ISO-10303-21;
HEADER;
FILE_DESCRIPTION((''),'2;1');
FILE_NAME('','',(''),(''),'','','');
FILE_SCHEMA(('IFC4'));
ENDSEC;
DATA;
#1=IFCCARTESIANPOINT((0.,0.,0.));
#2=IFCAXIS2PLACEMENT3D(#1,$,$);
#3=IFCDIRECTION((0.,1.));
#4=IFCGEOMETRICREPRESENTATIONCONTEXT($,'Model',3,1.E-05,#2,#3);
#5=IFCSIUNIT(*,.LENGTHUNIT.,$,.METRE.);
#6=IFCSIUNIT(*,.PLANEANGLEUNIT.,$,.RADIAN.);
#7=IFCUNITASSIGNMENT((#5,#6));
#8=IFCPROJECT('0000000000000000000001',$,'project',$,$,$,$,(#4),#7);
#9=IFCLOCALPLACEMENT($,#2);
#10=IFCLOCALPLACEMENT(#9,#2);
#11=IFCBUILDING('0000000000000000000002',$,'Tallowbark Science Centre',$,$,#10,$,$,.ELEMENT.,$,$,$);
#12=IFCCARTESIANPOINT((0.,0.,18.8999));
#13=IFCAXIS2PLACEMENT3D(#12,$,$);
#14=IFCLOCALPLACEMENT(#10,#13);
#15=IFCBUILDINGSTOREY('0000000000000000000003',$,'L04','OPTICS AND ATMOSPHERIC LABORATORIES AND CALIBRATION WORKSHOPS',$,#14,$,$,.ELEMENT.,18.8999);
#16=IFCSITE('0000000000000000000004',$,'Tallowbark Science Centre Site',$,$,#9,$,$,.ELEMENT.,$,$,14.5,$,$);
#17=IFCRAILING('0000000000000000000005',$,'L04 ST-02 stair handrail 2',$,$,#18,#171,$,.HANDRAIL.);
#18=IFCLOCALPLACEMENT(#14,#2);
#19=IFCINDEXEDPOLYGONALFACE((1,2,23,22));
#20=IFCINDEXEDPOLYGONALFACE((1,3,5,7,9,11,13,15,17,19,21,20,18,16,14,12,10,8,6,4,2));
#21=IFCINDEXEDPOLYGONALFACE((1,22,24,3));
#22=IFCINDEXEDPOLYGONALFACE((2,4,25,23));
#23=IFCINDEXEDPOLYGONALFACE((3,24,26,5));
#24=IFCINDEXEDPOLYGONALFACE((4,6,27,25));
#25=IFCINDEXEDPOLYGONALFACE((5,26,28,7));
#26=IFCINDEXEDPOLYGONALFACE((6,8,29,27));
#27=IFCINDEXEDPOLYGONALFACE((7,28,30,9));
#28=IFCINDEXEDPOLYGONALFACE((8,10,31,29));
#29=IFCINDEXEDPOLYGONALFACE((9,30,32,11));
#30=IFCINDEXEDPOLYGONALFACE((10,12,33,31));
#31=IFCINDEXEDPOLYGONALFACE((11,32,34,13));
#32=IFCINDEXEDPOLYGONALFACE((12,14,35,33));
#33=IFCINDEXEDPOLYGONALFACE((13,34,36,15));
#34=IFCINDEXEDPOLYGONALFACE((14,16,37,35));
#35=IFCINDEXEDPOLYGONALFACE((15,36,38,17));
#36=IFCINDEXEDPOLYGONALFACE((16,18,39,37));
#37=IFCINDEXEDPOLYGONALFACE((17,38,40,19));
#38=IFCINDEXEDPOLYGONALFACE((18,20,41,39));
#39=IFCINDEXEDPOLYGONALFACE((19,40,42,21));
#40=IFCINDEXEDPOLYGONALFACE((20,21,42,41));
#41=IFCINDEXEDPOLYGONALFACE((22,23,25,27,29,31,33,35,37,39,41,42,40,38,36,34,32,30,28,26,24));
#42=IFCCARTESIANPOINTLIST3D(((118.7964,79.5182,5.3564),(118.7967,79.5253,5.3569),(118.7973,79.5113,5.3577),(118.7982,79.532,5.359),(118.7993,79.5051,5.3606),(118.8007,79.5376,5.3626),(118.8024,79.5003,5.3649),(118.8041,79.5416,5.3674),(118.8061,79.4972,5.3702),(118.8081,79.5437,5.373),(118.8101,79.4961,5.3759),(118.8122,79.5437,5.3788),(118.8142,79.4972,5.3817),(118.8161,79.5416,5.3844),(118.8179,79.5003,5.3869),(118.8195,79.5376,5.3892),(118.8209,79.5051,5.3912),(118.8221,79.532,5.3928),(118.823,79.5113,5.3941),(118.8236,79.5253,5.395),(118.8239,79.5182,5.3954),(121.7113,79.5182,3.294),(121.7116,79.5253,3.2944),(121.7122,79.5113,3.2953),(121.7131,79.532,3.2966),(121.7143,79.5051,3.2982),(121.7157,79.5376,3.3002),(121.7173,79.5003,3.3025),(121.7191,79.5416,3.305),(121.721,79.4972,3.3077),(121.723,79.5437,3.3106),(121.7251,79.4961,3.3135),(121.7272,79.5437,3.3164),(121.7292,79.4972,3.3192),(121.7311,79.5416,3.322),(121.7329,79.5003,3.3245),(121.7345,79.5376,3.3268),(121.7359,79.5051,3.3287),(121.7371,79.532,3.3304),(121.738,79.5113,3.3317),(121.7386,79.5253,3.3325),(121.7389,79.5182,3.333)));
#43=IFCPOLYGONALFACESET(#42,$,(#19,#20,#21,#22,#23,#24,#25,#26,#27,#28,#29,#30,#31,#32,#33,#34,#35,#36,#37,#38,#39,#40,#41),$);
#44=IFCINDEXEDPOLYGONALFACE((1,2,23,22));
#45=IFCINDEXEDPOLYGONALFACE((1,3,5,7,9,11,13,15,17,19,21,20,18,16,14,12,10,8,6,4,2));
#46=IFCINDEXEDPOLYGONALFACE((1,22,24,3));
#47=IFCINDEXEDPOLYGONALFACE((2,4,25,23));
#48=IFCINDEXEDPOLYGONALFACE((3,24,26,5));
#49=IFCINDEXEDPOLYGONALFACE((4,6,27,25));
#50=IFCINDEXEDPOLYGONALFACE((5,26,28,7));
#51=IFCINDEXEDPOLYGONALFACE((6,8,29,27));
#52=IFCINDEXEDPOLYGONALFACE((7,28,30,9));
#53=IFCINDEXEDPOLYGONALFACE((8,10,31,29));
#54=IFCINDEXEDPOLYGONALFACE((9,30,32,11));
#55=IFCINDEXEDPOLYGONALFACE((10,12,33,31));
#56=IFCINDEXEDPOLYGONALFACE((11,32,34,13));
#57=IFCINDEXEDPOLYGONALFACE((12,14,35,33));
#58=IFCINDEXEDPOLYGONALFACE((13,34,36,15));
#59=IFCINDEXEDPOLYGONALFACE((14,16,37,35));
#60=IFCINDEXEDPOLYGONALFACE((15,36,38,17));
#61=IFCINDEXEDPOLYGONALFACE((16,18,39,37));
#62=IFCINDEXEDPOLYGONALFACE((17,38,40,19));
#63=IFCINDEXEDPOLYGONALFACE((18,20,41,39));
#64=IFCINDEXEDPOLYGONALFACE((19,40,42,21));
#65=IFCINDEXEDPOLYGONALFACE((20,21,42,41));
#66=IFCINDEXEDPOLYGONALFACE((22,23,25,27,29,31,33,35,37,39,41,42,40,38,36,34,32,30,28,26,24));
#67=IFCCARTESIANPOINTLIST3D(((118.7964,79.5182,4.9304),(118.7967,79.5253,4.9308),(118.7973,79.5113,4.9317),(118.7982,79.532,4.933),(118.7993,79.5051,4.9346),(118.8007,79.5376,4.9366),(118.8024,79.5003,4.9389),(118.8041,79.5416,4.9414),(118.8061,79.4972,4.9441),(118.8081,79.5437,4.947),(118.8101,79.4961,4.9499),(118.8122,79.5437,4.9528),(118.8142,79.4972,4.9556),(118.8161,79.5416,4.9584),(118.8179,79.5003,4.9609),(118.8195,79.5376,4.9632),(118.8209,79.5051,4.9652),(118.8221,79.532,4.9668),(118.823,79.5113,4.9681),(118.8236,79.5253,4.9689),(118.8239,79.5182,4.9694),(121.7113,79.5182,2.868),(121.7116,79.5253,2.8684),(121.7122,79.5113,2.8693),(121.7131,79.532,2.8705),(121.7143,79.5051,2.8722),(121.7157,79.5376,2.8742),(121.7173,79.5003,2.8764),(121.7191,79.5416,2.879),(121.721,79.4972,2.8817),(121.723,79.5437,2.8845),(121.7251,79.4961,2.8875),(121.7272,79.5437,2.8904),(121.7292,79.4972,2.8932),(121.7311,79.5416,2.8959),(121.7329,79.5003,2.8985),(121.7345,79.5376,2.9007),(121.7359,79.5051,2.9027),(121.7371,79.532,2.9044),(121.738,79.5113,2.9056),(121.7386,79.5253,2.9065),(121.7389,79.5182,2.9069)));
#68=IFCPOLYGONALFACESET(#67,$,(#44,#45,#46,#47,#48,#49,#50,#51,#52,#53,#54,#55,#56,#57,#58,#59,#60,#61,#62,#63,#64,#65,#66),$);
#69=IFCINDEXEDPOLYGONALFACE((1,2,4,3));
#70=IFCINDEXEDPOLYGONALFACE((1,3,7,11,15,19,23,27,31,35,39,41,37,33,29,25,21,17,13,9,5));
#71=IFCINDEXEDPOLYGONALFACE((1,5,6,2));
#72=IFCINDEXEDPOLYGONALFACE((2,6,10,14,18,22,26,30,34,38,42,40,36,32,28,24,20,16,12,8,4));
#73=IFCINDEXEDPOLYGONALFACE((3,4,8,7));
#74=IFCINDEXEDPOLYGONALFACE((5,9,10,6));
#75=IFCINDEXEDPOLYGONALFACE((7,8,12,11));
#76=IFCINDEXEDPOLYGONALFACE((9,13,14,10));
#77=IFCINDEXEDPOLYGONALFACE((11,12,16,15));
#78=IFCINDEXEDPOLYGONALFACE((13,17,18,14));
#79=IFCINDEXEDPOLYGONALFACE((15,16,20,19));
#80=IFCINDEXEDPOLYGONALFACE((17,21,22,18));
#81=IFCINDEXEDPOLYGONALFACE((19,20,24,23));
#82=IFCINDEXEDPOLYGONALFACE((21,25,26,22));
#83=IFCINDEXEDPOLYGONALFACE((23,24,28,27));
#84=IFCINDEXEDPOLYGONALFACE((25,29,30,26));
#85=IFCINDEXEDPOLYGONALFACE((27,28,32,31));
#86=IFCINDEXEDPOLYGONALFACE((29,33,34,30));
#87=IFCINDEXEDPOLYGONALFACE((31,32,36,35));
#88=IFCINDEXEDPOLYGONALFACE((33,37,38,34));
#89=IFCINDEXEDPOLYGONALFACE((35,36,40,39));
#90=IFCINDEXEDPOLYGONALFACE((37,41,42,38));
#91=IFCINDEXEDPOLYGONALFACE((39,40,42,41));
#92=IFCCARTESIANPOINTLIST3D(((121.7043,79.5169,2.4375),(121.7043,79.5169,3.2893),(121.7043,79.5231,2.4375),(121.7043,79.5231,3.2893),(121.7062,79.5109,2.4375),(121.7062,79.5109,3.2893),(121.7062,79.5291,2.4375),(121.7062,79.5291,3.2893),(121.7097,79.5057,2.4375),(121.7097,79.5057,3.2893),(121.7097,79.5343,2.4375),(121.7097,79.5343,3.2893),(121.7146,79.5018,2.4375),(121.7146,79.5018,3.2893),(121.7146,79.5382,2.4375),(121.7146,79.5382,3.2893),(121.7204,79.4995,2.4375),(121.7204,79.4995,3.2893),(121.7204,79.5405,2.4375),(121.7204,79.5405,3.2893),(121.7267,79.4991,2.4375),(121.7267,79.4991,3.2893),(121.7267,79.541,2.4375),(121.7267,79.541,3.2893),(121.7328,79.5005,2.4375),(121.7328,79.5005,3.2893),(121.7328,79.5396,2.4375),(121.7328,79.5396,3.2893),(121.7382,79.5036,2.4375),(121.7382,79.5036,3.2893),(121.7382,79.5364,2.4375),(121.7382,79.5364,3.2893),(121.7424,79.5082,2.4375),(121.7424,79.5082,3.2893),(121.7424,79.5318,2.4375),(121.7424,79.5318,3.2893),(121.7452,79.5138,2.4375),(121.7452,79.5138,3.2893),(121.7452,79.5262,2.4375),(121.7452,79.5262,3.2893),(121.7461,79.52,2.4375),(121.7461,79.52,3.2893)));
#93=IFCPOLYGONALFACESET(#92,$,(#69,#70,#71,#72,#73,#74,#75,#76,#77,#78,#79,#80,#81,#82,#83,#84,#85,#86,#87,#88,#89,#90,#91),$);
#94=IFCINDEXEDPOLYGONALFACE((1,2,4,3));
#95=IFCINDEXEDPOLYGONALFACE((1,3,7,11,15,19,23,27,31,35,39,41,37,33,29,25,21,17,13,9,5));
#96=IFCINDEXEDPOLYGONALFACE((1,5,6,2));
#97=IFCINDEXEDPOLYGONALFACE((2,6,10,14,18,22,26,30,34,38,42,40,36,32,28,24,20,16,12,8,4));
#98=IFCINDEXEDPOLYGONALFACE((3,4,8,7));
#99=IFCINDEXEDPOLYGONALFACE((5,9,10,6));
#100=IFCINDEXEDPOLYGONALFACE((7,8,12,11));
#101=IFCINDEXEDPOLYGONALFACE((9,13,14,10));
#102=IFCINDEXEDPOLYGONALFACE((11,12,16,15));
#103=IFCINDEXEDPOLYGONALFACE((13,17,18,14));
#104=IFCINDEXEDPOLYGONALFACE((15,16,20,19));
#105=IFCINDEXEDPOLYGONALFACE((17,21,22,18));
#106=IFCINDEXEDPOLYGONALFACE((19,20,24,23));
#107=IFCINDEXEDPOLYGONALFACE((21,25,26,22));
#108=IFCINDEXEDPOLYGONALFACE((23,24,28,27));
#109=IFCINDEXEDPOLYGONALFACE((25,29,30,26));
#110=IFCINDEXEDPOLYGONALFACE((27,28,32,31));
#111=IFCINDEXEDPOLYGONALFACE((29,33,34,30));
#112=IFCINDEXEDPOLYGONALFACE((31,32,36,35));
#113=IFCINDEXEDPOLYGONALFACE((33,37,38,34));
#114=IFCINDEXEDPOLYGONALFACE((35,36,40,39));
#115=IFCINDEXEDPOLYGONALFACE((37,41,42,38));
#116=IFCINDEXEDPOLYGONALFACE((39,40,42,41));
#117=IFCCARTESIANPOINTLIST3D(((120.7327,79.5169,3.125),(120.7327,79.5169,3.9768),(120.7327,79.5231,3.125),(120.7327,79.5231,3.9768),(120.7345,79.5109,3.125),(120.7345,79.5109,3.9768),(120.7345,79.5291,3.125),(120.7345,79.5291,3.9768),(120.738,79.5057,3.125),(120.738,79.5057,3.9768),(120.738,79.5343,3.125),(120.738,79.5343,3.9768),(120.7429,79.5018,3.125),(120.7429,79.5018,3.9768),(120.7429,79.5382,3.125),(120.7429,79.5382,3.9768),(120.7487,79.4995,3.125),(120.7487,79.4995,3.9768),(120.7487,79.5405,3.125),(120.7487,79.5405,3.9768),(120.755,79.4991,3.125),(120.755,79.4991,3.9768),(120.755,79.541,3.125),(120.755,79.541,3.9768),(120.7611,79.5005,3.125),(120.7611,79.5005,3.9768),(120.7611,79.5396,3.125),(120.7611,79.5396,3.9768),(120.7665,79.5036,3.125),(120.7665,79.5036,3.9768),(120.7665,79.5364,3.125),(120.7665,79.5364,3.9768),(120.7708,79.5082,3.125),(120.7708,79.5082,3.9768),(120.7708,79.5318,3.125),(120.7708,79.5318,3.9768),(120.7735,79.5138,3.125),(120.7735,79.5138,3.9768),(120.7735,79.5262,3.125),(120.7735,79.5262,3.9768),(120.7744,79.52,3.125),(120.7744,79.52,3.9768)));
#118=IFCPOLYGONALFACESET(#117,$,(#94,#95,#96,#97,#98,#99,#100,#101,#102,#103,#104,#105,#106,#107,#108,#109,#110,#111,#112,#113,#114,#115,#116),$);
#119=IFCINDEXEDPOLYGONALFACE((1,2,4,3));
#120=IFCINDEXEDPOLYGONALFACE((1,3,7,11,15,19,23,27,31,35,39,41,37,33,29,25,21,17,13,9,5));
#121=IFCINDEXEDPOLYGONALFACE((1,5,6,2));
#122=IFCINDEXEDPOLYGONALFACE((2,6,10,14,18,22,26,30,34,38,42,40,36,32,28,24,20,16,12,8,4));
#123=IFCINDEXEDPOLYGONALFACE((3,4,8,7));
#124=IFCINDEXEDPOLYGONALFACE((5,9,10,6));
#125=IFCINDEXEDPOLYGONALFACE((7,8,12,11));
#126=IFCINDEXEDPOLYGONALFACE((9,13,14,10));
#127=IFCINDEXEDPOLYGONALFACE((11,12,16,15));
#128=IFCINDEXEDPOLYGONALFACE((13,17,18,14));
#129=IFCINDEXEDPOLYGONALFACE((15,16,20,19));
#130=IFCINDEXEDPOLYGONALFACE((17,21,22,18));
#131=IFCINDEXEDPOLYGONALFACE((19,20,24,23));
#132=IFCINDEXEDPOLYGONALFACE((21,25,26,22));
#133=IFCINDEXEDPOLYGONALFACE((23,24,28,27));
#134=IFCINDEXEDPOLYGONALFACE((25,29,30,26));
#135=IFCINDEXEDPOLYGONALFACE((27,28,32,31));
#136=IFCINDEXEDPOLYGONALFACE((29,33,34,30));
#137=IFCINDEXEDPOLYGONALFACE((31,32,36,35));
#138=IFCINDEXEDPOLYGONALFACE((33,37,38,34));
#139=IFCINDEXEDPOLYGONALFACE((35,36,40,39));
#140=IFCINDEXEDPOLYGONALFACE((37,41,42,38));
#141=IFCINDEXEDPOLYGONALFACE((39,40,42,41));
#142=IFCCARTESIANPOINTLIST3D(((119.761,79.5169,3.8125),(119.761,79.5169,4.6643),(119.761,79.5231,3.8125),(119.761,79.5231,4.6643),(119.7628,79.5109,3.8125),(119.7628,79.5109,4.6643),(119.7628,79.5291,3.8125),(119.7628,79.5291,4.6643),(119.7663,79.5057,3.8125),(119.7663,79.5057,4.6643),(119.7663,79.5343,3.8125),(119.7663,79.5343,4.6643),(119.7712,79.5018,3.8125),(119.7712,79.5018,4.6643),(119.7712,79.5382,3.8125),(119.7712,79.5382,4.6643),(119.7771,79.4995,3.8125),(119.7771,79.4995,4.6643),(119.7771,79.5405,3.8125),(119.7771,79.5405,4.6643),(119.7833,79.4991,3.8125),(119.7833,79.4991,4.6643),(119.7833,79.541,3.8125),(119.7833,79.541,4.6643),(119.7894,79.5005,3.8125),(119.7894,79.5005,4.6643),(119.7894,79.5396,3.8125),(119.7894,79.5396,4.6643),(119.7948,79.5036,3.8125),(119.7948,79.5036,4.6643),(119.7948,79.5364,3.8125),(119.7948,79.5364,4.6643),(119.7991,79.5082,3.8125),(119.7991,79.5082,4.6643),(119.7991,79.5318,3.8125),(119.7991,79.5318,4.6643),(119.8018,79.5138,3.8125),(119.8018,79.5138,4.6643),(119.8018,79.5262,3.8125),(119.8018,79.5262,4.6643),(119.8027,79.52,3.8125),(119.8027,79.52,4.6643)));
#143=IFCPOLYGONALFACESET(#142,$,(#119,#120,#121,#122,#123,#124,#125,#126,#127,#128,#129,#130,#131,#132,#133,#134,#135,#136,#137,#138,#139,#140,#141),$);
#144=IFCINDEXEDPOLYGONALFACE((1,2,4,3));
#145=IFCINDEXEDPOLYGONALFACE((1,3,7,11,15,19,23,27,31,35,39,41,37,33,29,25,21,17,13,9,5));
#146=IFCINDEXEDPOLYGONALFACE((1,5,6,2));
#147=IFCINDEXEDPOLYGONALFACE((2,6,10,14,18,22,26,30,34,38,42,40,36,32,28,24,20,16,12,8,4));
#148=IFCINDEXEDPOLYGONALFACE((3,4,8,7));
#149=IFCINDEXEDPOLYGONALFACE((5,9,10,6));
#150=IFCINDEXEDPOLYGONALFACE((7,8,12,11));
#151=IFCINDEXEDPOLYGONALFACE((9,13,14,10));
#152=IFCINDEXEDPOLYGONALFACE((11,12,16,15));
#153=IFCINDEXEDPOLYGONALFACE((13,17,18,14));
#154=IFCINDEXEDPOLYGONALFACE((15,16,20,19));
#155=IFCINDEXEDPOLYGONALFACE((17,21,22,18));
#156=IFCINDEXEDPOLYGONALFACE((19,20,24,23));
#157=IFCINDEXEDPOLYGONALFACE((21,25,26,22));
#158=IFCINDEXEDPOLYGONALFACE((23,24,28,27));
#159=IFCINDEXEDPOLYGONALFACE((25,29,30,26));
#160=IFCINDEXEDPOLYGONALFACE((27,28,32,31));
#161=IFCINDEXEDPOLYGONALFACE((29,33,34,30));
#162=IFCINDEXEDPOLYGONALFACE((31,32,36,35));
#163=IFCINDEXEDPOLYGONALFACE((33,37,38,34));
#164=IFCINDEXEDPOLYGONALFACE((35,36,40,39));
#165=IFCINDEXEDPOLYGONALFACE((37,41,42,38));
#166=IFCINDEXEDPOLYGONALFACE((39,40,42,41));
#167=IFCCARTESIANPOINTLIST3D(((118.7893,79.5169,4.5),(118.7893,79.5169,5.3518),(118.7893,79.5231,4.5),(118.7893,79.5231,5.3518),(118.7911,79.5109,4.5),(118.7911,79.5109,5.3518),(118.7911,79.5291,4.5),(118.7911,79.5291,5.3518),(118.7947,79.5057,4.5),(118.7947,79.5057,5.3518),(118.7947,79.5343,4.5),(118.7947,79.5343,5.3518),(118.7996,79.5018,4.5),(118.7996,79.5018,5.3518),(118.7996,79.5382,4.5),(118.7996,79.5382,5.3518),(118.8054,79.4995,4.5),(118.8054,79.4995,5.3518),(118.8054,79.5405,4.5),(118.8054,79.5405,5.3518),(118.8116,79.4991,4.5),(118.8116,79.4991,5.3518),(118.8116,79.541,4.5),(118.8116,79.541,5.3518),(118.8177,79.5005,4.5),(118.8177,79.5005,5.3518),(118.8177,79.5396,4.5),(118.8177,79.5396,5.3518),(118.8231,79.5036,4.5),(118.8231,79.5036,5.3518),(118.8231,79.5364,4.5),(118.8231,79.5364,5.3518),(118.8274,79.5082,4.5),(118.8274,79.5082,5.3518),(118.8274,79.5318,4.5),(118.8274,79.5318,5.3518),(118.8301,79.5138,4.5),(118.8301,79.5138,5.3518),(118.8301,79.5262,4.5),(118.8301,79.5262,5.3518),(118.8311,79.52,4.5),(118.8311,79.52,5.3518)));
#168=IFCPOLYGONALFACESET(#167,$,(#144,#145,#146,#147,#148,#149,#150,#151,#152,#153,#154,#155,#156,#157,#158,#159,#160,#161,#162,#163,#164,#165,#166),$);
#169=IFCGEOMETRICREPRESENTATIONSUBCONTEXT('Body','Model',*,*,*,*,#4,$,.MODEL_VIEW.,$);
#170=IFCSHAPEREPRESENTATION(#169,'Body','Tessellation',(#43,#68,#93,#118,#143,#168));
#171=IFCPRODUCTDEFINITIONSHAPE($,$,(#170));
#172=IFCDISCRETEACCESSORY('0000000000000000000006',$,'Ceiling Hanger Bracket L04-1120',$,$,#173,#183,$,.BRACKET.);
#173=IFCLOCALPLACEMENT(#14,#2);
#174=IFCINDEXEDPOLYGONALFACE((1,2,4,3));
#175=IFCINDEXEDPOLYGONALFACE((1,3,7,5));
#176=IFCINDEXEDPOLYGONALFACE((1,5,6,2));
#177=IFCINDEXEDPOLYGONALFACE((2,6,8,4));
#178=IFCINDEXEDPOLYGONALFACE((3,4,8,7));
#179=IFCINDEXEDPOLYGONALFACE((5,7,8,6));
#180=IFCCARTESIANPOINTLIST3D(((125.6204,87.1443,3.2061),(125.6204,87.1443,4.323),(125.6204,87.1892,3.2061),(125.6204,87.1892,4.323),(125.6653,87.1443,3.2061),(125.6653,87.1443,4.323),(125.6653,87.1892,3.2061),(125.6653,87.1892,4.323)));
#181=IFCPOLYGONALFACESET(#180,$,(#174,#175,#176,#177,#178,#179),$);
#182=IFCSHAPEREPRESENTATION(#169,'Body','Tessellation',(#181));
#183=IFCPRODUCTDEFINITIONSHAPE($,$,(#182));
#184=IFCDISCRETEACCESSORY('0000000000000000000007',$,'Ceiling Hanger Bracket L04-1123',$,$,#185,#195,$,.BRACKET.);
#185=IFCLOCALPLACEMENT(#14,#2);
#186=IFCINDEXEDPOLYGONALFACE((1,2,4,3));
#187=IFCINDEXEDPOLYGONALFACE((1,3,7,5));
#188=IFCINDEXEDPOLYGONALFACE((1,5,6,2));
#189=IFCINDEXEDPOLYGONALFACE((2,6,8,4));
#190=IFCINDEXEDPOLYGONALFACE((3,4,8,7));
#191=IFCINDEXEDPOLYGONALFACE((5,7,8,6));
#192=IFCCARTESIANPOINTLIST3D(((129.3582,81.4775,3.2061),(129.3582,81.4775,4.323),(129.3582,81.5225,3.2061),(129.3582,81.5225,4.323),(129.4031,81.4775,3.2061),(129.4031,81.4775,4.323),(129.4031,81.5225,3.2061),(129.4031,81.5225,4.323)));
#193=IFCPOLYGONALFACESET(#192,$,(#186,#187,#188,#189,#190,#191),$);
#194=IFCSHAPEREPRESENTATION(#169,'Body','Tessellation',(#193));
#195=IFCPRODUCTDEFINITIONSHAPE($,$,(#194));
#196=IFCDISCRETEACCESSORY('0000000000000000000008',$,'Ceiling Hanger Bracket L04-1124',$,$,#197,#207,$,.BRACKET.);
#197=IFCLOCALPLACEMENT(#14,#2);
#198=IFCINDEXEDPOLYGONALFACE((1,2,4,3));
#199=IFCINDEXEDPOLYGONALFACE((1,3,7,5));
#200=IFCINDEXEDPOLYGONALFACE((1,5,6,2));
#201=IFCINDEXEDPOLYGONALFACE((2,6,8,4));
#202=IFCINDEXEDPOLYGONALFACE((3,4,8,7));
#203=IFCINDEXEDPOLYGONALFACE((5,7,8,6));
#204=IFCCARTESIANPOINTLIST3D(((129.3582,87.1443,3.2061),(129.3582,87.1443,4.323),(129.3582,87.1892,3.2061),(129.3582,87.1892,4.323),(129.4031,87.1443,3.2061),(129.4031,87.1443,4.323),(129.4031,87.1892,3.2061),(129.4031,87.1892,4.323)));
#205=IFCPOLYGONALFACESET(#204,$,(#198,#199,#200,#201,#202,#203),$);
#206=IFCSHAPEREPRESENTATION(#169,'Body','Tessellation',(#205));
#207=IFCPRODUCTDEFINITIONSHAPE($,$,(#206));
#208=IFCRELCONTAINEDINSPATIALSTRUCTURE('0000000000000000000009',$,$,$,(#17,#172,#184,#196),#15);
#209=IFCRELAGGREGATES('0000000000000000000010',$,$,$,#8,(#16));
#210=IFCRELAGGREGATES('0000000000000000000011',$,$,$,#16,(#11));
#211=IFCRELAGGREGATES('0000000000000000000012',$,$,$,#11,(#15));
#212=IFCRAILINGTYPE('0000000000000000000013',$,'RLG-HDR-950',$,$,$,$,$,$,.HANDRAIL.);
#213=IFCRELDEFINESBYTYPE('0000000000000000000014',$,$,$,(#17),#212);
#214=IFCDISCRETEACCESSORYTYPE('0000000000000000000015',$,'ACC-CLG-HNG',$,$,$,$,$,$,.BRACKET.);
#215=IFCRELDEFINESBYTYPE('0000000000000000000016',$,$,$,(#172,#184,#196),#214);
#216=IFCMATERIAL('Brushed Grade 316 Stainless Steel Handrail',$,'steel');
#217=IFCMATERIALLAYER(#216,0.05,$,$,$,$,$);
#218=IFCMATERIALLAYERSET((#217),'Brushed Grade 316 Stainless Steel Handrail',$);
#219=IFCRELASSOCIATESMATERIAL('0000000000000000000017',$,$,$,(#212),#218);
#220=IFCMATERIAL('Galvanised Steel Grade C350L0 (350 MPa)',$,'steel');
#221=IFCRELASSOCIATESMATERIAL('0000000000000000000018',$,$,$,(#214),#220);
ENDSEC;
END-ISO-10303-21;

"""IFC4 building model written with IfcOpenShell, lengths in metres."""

from ifc_helpers import new_model, si_unit, direction, frame, origin, origin_2d, place, context, subcontext, project, spatial, rectangle, circle, extrude, material, layer, layer_set, type_object, element, save


model = new_model("IFC4")

# Units and contexts
model_context = context("Model", 3, precision=1e-05, world=origin(), true_north=direction((0.0, 1.0)))
body_context = subcontext(model_context, "Body", "Model", "MODEL_VIEW")
ifc_project = project(units=[si_unit("LENGTHUNIT", "METRE"), si_unit("PLANEANGLEUNIT", "RADIAN")], contexts=[model_context])

# Site, building, storey
site_placement = place(None, origin())
site = spatial("IfcSite", under=ifc_project, at=site_placement, Name="Tallowbark Science Centre Site", CompositionType="ELEMENT", RefElevation=14.5)
building_placement = place(site_placement, origin())
building = spatial("IfcBuilding", under=site, at=building_placement, Name="Tallowbark Science Centre", CompositionType="ELEMENT")
storey_placement = place(building_placement, frame((0.0, 0.0, 18.8999)))
storey = spatial("IfcBuildingStorey", under=building, at=storey_placement, Name="L04", Description="OPTICS AND ATMOSPHERIC LABORATORIES AND CALIBRATION WORKSHOPS", CompositionType="ELEMENT", Elevation=18.8999)

# Railing
ifc_material_1 = material(Name="Brushed Grade 316 Stainless Steel Handrail", Category="steel")
ifc_layer_1 = layer(ifc_material_1, 0.05)
ifc_layer_set_1 = layer_set([ifc_layer_1], Name="Brushed Grade 316 Stainless Steel Handrail")
railing_type_1 = type_object("IfcRailingType", Name="RLG-HDR-950", PredefinedType="HANDRAIL", material=ifc_layer_set_1)
railing_1_placement = place(storey_placement, frame((121.7251, 79.52, 2.4375)))
element("IfcRailing", 1, at=railing_1_placement, inside=storey, type_object=railing_type_1, Name="L04 ST-02 stair handrail 2", PredefinedType="HANDRAIL", context=body_context, shape_type="SweptSolid", body=[
    extrude(circle(Radius=0.0239, at=origin_2d()), frame((0.0, 0.0, 0.876), z_axis=(-0.816331, 0.0, 0.577585), x_axis=(0.0, -1.0, 0.0)), (0.0, 0.0, 1.0), 3.5708),
    extrude(circle(Radius=0.0239, at=origin_2d()), frame((0.0, 0.0, 0.45), z_axis=(-0.816331, 0.0, 0.577585), x_axis=(0.0, -1.0, 0.0)), (0.0, 0.0, 1.0), 3.5708),
    extrude(circle(Radius=0.021, at=origin_2d()), origin(), (0.0, 0.0, 1.0), 0.8518),
    extrude(circle(Radius=0.021, at=origin_2d()), frame((-0.9717, 0.0, 0.6875)), (0.0, 0.0, 1.0), 0.8518),
    extrude(circle(Radius=0.021, at=origin_2d()), frame((-1.9434, 0.0, 1.375)), (0.0, 0.0, 1.0), 0.8518),
    extrude(circle(Radius=0.021, at=origin_2d()), frame((-2.915, 0.0, 2.0625)), (0.0, 0.0, 1.0), 0.8518),
])

# Discrete accessories
ifc_material_2 = material(Name="Galvanised Steel Grade C350L0 (350 MPa)", Category="steel")
discrete_accessory_type = type_object("IfcDiscreteAccessoryType", Name="ACC-CLG-HNG", PredefinedType="BRACKET", material=ifc_material_2)
for number, where, z_axis, x_axis, name in (
    (2, (125.6428, 87.1667, 3.2061), (0.0, 0.0, 1.0), (1.0, 0.0, 0.0), "Ceiling Hanger Bracket L04-1120"),
    (3, (129.3806, 81.5, 3.2061), (0.0, 0.0, 1.0), (1.0, 0.0, 0.0), "Ceiling Hanger Bracket L04-1123"),
    (4, (129.3806, 87.1667, 3.2061), (0.0, 0.0, 1.0), (1.0, 0.0, 0.0), "Ceiling Hanger Bracket L04-1124"),
):
    element("IfcDiscreteAccessory", number, at=place(storey_placement, frame(where, z_axis=z_axis, x_axis=x_axis)), inside=storey, type_object=discrete_accessory_type, Name=name, PredefinedType="BRACKET", context=body_context, shape_type="SweptSolid", body=[
        extrude(rectangle(XDim=0.0449, YDim=0.0449, at=origin_2d()), origin(), (0.0, 0.0, 1.0), 1.1169),
    ])

save(model, "model.ifc")
